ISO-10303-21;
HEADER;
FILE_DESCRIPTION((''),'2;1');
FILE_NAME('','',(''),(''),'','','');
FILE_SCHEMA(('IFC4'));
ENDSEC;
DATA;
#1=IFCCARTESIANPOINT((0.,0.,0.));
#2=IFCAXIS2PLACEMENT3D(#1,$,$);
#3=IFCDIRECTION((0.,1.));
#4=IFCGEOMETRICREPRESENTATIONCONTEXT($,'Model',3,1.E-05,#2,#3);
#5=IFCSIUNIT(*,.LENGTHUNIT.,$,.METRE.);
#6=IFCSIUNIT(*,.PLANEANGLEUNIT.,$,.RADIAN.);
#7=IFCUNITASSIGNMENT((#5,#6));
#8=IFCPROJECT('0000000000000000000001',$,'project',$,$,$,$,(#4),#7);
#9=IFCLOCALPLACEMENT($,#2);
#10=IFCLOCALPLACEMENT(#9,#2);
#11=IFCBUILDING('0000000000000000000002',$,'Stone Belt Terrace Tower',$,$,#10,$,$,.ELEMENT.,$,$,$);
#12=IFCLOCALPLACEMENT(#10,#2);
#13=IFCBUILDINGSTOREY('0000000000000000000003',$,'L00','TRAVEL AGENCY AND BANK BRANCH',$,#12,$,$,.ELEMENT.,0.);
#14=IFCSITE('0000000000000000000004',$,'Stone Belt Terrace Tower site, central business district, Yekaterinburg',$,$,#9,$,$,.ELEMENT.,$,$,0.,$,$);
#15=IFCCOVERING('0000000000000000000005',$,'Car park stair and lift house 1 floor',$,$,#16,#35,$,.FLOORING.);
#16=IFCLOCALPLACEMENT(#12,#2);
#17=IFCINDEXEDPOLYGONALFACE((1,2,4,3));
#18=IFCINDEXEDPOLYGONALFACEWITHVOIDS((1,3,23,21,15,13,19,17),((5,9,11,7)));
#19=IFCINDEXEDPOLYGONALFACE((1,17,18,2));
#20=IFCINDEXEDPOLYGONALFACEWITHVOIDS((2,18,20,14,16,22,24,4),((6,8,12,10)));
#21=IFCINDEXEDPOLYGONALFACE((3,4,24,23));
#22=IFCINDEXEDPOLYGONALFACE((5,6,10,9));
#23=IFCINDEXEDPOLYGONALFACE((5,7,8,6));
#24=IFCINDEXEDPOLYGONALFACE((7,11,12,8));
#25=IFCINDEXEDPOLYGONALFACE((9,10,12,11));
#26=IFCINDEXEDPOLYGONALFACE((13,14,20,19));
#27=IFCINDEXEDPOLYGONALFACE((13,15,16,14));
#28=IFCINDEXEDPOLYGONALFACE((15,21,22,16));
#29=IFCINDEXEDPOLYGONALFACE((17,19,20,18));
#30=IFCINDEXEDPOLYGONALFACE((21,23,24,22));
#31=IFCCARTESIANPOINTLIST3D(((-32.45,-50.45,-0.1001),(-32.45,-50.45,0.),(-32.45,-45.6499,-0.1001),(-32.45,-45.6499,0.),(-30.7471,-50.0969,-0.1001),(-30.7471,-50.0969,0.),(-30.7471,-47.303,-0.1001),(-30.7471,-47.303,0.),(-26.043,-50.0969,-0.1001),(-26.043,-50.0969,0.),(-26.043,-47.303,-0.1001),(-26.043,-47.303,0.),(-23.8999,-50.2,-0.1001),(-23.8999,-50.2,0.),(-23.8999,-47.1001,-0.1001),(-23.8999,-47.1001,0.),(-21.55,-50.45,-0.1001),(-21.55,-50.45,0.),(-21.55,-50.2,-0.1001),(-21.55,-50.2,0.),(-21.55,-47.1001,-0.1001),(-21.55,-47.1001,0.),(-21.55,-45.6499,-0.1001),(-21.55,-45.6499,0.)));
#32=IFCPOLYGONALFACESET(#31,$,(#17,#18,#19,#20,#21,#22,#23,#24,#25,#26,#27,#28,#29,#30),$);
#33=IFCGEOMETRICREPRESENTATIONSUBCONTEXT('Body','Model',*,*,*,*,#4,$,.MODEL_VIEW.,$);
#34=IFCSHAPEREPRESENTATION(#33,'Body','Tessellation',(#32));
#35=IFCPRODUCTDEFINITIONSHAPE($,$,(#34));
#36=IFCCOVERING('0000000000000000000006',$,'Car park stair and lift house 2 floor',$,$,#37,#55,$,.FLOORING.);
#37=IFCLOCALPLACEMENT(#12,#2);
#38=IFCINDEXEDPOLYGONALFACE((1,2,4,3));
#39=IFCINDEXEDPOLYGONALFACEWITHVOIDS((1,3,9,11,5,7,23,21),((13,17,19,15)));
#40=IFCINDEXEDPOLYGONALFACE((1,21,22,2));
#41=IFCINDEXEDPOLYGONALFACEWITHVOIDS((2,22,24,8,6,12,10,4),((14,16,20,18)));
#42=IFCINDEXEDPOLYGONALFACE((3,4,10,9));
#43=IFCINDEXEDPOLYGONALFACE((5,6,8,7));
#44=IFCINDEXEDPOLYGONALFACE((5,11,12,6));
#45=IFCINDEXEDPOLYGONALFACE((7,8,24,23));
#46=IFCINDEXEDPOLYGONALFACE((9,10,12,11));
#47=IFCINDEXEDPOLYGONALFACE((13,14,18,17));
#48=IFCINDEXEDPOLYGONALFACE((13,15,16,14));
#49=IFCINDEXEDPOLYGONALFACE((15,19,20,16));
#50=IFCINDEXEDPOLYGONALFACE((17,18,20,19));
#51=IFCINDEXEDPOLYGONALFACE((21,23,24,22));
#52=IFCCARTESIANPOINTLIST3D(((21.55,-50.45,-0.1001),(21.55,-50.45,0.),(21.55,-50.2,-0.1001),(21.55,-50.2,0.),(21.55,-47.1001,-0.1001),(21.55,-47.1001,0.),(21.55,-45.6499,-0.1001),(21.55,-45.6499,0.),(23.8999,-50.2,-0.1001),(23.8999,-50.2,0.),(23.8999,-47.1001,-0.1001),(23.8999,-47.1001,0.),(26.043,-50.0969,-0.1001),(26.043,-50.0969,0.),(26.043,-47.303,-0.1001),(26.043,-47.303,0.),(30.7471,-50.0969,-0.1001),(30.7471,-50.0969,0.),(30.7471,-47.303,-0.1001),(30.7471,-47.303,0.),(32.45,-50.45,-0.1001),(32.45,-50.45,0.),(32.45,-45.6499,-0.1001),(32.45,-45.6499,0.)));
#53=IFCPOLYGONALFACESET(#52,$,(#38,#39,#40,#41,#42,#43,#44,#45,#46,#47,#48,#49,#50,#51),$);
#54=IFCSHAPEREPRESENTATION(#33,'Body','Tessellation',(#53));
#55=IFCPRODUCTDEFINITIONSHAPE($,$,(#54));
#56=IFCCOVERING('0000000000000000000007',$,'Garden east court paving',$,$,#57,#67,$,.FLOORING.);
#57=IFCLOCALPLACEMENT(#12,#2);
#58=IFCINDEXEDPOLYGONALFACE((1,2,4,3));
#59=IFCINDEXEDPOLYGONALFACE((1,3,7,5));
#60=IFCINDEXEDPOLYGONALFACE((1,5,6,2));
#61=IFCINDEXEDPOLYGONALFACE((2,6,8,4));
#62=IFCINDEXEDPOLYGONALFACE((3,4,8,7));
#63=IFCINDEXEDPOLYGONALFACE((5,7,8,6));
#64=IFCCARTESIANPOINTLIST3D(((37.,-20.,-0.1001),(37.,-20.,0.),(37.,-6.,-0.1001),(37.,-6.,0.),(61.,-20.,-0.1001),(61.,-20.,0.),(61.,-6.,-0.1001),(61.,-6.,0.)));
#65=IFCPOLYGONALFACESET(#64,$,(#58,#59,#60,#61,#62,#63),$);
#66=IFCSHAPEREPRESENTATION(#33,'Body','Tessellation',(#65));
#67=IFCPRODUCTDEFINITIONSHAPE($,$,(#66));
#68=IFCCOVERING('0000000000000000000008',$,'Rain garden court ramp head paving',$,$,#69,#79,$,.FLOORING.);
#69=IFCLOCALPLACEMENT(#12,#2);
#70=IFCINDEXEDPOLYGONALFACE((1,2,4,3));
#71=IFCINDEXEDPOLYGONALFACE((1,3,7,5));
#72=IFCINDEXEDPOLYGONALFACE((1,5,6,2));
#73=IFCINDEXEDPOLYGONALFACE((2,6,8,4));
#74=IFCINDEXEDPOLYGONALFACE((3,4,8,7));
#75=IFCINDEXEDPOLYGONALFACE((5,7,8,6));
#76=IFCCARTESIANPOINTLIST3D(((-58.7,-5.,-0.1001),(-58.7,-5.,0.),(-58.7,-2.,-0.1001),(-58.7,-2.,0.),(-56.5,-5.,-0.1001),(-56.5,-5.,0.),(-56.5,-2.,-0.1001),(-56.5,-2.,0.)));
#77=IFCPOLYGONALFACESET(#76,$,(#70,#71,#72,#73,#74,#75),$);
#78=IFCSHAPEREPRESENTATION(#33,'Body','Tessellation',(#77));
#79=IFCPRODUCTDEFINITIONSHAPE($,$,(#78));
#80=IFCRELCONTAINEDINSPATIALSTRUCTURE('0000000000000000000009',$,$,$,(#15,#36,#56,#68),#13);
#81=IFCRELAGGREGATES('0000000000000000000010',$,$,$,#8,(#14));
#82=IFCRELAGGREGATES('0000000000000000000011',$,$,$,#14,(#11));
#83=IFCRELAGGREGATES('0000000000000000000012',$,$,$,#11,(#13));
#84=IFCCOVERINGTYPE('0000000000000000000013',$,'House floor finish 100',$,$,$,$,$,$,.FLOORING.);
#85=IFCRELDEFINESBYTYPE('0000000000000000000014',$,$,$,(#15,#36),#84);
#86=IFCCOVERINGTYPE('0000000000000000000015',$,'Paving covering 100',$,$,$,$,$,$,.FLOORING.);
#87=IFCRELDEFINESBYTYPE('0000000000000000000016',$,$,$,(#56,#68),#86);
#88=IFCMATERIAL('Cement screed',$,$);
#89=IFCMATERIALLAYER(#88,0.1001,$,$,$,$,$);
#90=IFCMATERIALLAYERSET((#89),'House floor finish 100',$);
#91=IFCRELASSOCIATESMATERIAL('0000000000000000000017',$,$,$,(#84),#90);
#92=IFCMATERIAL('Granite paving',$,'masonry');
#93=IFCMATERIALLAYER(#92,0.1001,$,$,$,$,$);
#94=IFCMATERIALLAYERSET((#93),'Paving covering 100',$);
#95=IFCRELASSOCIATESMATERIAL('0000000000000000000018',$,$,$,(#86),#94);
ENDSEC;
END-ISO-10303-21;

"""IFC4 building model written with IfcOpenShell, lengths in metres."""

from ifc_helpers import new_model, si_unit, direction, frame, origin, place, context, subcontext, project, spatial, polyline, outline, extrude, material, layer, layer_set, type_object, element, save


model = new_model("IFC4")

# Units and contexts
model_context = context("Model", 3, precision=1e-05, world=origin(), true_north=direction((0.0, 1.0)))
body_context = subcontext(model_context, "Body", "Model", "MODEL_VIEW")
ifc_project = project(units=[si_unit("LENGTHUNIT", "METRE"), si_unit("PLANEANGLEUNIT", "RADIAN")], contexts=[model_context])

# Site, building, storey
site_placement = place(None, origin())
site = spatial("IfcSite", under=ifc_project, at=site_placement, Name="Stone Belt Terrace Tower site, central business district, Yekaterinburg", CompositionType="ELEMENT", RefElevation=0.0)
building_placement = place(site_placement, origin())
building = spatial("IfcBuilding", under=site, at=building_placement, Name="Stone Belt Terrace Tower", CompositionType="ELEMENT")
storey_placement = place(building_placement, origin())
storey = spatial("IfcBuildingStorey", under=building, at=storey_placement, Name="L00", Description="TRAVEL AGENCY AND BANK BRANCH", CompositionType="ELEMENT", Elevation=0.0)

# Shared definitions
ifc_material_1 = material(Name="Granite paving", Category="masonry")

# Coverings
ifc_material_2 = material(Name="Cement screed")
ifc_layer_1 = layer(ifc_material_2, 0.1001)
ifc_layer_set_1 = layer_set([ifc_layer_1], Name="House floor finish 100")
covering_type_1 = type_object("IfcCoveringType", Name="House floor finish 100", PredefinedType="FLOORING", material=ifc_layer_set_1)
covering_1_placement = place(storey_placement, frame((0.0, 0.0, -0.1001)))
element("IfcCovering", 1, at=covering_1_placement, inside=storey, type_object=covering_type_1, Name="Car park stair and lift house 1 floor", PredefinedType="FLOORING", context=body_context, shape_type="SweptSolid", body=[
    extrude(outline(polyline([(-32.45, -50.45), (-21.55, -50.45), (-21.55, -50.2), (-23.8999, -50.2), (-23.8999, -47.1001), (-21.55, -47.1001), (-21.55, -45.6499), (-32.45, -45.6499), (-32.45, -50.45)]), holes=[polyline([(-26.043, -47.303), (-30.7471, -47.303), (-30.7471, -50.0969), (-26.043, -50.0969), (-26.043, -47.303)])]), origin(), (0.0, 0.0, 1.0), 0.1001),
])
covering_2_placement = place(storey_placement, frame((0.0, 0.0, -0.1001)))
element("IfcCovering", 2, at=covering_2_placement, inside=storey, type_object=covering_type_1, Name="Car park stair and lift house 2 floor", PredefinedType="FLOORING", context=body_context, shape_type="SweptSolid", body=[
    extrude(outline(polyline([(21.55, -50.45), (32.45, -50.45), (32.45, -45.6499), (21.55, -45.6499), (21.55, -47.1001), (23.8999, -47.1001), (23.8999, -50.2), (21.55, -50.2), (21.55, -50.45)]), holes=[polyline([(26.043, -50.0969), (30.7471, -50.0969), (30.7471, -47.303), (26.043, -47.303), (26.043, -50.0969)])]), origin(), (0.0, 0.0, 1.0), 0.1001),
])
ifc_layer_2 = layer(ifc_material_1, 0.1001)
ifc_layer_set_2 = layer_set([ifc_layer_2], Name="Paving covering 100")
covering_type_2 = type_object("IfcCoveringType", Name="Paving covering 100", PredefinedType="FLOORING", material=ifc_layer_set_2)
covering_3_placement = place(storey_placement, frame((0.0, 0.0, -0.1001)))
element("IfcCovering", 3, at=covering_3_placement, inside=storey, type_object=covering_type_2, Name="Garden east court paving", PredefinedType="FLOORING", context=body_context, shape_type="SweptSolid", body=[
    extrude(outline(polyline([(37.0, -20.0), (61.0, -20.0), (61.0, -6.0), (37.0, -6.0), (37.0, -20.0)])), origin(), (0.0, 0.0, 1.0), 0.1001),
])
covering_4_placement = place(storey_placement, frame((0.0, 0.0, -0.1001)))
element("IfcCovering", 4, at=covering_4_placement, inside=storey, type_object=covering_type_2, Name="Rain garden court ramp head paving", PredefinedType="FLOORING", context=body_context, shape_type="SweptSolid", body=[
    extrude(outline(polyline([(-58.7, -5.0), (-56.5, -5.0), (-56.5, -2.0), (-58.7, -2.0), (-58.7, -5.0)])), origin(), (0.0, 0.0, 1.0), 0.1001),
])

save(model, "model.ifc")
